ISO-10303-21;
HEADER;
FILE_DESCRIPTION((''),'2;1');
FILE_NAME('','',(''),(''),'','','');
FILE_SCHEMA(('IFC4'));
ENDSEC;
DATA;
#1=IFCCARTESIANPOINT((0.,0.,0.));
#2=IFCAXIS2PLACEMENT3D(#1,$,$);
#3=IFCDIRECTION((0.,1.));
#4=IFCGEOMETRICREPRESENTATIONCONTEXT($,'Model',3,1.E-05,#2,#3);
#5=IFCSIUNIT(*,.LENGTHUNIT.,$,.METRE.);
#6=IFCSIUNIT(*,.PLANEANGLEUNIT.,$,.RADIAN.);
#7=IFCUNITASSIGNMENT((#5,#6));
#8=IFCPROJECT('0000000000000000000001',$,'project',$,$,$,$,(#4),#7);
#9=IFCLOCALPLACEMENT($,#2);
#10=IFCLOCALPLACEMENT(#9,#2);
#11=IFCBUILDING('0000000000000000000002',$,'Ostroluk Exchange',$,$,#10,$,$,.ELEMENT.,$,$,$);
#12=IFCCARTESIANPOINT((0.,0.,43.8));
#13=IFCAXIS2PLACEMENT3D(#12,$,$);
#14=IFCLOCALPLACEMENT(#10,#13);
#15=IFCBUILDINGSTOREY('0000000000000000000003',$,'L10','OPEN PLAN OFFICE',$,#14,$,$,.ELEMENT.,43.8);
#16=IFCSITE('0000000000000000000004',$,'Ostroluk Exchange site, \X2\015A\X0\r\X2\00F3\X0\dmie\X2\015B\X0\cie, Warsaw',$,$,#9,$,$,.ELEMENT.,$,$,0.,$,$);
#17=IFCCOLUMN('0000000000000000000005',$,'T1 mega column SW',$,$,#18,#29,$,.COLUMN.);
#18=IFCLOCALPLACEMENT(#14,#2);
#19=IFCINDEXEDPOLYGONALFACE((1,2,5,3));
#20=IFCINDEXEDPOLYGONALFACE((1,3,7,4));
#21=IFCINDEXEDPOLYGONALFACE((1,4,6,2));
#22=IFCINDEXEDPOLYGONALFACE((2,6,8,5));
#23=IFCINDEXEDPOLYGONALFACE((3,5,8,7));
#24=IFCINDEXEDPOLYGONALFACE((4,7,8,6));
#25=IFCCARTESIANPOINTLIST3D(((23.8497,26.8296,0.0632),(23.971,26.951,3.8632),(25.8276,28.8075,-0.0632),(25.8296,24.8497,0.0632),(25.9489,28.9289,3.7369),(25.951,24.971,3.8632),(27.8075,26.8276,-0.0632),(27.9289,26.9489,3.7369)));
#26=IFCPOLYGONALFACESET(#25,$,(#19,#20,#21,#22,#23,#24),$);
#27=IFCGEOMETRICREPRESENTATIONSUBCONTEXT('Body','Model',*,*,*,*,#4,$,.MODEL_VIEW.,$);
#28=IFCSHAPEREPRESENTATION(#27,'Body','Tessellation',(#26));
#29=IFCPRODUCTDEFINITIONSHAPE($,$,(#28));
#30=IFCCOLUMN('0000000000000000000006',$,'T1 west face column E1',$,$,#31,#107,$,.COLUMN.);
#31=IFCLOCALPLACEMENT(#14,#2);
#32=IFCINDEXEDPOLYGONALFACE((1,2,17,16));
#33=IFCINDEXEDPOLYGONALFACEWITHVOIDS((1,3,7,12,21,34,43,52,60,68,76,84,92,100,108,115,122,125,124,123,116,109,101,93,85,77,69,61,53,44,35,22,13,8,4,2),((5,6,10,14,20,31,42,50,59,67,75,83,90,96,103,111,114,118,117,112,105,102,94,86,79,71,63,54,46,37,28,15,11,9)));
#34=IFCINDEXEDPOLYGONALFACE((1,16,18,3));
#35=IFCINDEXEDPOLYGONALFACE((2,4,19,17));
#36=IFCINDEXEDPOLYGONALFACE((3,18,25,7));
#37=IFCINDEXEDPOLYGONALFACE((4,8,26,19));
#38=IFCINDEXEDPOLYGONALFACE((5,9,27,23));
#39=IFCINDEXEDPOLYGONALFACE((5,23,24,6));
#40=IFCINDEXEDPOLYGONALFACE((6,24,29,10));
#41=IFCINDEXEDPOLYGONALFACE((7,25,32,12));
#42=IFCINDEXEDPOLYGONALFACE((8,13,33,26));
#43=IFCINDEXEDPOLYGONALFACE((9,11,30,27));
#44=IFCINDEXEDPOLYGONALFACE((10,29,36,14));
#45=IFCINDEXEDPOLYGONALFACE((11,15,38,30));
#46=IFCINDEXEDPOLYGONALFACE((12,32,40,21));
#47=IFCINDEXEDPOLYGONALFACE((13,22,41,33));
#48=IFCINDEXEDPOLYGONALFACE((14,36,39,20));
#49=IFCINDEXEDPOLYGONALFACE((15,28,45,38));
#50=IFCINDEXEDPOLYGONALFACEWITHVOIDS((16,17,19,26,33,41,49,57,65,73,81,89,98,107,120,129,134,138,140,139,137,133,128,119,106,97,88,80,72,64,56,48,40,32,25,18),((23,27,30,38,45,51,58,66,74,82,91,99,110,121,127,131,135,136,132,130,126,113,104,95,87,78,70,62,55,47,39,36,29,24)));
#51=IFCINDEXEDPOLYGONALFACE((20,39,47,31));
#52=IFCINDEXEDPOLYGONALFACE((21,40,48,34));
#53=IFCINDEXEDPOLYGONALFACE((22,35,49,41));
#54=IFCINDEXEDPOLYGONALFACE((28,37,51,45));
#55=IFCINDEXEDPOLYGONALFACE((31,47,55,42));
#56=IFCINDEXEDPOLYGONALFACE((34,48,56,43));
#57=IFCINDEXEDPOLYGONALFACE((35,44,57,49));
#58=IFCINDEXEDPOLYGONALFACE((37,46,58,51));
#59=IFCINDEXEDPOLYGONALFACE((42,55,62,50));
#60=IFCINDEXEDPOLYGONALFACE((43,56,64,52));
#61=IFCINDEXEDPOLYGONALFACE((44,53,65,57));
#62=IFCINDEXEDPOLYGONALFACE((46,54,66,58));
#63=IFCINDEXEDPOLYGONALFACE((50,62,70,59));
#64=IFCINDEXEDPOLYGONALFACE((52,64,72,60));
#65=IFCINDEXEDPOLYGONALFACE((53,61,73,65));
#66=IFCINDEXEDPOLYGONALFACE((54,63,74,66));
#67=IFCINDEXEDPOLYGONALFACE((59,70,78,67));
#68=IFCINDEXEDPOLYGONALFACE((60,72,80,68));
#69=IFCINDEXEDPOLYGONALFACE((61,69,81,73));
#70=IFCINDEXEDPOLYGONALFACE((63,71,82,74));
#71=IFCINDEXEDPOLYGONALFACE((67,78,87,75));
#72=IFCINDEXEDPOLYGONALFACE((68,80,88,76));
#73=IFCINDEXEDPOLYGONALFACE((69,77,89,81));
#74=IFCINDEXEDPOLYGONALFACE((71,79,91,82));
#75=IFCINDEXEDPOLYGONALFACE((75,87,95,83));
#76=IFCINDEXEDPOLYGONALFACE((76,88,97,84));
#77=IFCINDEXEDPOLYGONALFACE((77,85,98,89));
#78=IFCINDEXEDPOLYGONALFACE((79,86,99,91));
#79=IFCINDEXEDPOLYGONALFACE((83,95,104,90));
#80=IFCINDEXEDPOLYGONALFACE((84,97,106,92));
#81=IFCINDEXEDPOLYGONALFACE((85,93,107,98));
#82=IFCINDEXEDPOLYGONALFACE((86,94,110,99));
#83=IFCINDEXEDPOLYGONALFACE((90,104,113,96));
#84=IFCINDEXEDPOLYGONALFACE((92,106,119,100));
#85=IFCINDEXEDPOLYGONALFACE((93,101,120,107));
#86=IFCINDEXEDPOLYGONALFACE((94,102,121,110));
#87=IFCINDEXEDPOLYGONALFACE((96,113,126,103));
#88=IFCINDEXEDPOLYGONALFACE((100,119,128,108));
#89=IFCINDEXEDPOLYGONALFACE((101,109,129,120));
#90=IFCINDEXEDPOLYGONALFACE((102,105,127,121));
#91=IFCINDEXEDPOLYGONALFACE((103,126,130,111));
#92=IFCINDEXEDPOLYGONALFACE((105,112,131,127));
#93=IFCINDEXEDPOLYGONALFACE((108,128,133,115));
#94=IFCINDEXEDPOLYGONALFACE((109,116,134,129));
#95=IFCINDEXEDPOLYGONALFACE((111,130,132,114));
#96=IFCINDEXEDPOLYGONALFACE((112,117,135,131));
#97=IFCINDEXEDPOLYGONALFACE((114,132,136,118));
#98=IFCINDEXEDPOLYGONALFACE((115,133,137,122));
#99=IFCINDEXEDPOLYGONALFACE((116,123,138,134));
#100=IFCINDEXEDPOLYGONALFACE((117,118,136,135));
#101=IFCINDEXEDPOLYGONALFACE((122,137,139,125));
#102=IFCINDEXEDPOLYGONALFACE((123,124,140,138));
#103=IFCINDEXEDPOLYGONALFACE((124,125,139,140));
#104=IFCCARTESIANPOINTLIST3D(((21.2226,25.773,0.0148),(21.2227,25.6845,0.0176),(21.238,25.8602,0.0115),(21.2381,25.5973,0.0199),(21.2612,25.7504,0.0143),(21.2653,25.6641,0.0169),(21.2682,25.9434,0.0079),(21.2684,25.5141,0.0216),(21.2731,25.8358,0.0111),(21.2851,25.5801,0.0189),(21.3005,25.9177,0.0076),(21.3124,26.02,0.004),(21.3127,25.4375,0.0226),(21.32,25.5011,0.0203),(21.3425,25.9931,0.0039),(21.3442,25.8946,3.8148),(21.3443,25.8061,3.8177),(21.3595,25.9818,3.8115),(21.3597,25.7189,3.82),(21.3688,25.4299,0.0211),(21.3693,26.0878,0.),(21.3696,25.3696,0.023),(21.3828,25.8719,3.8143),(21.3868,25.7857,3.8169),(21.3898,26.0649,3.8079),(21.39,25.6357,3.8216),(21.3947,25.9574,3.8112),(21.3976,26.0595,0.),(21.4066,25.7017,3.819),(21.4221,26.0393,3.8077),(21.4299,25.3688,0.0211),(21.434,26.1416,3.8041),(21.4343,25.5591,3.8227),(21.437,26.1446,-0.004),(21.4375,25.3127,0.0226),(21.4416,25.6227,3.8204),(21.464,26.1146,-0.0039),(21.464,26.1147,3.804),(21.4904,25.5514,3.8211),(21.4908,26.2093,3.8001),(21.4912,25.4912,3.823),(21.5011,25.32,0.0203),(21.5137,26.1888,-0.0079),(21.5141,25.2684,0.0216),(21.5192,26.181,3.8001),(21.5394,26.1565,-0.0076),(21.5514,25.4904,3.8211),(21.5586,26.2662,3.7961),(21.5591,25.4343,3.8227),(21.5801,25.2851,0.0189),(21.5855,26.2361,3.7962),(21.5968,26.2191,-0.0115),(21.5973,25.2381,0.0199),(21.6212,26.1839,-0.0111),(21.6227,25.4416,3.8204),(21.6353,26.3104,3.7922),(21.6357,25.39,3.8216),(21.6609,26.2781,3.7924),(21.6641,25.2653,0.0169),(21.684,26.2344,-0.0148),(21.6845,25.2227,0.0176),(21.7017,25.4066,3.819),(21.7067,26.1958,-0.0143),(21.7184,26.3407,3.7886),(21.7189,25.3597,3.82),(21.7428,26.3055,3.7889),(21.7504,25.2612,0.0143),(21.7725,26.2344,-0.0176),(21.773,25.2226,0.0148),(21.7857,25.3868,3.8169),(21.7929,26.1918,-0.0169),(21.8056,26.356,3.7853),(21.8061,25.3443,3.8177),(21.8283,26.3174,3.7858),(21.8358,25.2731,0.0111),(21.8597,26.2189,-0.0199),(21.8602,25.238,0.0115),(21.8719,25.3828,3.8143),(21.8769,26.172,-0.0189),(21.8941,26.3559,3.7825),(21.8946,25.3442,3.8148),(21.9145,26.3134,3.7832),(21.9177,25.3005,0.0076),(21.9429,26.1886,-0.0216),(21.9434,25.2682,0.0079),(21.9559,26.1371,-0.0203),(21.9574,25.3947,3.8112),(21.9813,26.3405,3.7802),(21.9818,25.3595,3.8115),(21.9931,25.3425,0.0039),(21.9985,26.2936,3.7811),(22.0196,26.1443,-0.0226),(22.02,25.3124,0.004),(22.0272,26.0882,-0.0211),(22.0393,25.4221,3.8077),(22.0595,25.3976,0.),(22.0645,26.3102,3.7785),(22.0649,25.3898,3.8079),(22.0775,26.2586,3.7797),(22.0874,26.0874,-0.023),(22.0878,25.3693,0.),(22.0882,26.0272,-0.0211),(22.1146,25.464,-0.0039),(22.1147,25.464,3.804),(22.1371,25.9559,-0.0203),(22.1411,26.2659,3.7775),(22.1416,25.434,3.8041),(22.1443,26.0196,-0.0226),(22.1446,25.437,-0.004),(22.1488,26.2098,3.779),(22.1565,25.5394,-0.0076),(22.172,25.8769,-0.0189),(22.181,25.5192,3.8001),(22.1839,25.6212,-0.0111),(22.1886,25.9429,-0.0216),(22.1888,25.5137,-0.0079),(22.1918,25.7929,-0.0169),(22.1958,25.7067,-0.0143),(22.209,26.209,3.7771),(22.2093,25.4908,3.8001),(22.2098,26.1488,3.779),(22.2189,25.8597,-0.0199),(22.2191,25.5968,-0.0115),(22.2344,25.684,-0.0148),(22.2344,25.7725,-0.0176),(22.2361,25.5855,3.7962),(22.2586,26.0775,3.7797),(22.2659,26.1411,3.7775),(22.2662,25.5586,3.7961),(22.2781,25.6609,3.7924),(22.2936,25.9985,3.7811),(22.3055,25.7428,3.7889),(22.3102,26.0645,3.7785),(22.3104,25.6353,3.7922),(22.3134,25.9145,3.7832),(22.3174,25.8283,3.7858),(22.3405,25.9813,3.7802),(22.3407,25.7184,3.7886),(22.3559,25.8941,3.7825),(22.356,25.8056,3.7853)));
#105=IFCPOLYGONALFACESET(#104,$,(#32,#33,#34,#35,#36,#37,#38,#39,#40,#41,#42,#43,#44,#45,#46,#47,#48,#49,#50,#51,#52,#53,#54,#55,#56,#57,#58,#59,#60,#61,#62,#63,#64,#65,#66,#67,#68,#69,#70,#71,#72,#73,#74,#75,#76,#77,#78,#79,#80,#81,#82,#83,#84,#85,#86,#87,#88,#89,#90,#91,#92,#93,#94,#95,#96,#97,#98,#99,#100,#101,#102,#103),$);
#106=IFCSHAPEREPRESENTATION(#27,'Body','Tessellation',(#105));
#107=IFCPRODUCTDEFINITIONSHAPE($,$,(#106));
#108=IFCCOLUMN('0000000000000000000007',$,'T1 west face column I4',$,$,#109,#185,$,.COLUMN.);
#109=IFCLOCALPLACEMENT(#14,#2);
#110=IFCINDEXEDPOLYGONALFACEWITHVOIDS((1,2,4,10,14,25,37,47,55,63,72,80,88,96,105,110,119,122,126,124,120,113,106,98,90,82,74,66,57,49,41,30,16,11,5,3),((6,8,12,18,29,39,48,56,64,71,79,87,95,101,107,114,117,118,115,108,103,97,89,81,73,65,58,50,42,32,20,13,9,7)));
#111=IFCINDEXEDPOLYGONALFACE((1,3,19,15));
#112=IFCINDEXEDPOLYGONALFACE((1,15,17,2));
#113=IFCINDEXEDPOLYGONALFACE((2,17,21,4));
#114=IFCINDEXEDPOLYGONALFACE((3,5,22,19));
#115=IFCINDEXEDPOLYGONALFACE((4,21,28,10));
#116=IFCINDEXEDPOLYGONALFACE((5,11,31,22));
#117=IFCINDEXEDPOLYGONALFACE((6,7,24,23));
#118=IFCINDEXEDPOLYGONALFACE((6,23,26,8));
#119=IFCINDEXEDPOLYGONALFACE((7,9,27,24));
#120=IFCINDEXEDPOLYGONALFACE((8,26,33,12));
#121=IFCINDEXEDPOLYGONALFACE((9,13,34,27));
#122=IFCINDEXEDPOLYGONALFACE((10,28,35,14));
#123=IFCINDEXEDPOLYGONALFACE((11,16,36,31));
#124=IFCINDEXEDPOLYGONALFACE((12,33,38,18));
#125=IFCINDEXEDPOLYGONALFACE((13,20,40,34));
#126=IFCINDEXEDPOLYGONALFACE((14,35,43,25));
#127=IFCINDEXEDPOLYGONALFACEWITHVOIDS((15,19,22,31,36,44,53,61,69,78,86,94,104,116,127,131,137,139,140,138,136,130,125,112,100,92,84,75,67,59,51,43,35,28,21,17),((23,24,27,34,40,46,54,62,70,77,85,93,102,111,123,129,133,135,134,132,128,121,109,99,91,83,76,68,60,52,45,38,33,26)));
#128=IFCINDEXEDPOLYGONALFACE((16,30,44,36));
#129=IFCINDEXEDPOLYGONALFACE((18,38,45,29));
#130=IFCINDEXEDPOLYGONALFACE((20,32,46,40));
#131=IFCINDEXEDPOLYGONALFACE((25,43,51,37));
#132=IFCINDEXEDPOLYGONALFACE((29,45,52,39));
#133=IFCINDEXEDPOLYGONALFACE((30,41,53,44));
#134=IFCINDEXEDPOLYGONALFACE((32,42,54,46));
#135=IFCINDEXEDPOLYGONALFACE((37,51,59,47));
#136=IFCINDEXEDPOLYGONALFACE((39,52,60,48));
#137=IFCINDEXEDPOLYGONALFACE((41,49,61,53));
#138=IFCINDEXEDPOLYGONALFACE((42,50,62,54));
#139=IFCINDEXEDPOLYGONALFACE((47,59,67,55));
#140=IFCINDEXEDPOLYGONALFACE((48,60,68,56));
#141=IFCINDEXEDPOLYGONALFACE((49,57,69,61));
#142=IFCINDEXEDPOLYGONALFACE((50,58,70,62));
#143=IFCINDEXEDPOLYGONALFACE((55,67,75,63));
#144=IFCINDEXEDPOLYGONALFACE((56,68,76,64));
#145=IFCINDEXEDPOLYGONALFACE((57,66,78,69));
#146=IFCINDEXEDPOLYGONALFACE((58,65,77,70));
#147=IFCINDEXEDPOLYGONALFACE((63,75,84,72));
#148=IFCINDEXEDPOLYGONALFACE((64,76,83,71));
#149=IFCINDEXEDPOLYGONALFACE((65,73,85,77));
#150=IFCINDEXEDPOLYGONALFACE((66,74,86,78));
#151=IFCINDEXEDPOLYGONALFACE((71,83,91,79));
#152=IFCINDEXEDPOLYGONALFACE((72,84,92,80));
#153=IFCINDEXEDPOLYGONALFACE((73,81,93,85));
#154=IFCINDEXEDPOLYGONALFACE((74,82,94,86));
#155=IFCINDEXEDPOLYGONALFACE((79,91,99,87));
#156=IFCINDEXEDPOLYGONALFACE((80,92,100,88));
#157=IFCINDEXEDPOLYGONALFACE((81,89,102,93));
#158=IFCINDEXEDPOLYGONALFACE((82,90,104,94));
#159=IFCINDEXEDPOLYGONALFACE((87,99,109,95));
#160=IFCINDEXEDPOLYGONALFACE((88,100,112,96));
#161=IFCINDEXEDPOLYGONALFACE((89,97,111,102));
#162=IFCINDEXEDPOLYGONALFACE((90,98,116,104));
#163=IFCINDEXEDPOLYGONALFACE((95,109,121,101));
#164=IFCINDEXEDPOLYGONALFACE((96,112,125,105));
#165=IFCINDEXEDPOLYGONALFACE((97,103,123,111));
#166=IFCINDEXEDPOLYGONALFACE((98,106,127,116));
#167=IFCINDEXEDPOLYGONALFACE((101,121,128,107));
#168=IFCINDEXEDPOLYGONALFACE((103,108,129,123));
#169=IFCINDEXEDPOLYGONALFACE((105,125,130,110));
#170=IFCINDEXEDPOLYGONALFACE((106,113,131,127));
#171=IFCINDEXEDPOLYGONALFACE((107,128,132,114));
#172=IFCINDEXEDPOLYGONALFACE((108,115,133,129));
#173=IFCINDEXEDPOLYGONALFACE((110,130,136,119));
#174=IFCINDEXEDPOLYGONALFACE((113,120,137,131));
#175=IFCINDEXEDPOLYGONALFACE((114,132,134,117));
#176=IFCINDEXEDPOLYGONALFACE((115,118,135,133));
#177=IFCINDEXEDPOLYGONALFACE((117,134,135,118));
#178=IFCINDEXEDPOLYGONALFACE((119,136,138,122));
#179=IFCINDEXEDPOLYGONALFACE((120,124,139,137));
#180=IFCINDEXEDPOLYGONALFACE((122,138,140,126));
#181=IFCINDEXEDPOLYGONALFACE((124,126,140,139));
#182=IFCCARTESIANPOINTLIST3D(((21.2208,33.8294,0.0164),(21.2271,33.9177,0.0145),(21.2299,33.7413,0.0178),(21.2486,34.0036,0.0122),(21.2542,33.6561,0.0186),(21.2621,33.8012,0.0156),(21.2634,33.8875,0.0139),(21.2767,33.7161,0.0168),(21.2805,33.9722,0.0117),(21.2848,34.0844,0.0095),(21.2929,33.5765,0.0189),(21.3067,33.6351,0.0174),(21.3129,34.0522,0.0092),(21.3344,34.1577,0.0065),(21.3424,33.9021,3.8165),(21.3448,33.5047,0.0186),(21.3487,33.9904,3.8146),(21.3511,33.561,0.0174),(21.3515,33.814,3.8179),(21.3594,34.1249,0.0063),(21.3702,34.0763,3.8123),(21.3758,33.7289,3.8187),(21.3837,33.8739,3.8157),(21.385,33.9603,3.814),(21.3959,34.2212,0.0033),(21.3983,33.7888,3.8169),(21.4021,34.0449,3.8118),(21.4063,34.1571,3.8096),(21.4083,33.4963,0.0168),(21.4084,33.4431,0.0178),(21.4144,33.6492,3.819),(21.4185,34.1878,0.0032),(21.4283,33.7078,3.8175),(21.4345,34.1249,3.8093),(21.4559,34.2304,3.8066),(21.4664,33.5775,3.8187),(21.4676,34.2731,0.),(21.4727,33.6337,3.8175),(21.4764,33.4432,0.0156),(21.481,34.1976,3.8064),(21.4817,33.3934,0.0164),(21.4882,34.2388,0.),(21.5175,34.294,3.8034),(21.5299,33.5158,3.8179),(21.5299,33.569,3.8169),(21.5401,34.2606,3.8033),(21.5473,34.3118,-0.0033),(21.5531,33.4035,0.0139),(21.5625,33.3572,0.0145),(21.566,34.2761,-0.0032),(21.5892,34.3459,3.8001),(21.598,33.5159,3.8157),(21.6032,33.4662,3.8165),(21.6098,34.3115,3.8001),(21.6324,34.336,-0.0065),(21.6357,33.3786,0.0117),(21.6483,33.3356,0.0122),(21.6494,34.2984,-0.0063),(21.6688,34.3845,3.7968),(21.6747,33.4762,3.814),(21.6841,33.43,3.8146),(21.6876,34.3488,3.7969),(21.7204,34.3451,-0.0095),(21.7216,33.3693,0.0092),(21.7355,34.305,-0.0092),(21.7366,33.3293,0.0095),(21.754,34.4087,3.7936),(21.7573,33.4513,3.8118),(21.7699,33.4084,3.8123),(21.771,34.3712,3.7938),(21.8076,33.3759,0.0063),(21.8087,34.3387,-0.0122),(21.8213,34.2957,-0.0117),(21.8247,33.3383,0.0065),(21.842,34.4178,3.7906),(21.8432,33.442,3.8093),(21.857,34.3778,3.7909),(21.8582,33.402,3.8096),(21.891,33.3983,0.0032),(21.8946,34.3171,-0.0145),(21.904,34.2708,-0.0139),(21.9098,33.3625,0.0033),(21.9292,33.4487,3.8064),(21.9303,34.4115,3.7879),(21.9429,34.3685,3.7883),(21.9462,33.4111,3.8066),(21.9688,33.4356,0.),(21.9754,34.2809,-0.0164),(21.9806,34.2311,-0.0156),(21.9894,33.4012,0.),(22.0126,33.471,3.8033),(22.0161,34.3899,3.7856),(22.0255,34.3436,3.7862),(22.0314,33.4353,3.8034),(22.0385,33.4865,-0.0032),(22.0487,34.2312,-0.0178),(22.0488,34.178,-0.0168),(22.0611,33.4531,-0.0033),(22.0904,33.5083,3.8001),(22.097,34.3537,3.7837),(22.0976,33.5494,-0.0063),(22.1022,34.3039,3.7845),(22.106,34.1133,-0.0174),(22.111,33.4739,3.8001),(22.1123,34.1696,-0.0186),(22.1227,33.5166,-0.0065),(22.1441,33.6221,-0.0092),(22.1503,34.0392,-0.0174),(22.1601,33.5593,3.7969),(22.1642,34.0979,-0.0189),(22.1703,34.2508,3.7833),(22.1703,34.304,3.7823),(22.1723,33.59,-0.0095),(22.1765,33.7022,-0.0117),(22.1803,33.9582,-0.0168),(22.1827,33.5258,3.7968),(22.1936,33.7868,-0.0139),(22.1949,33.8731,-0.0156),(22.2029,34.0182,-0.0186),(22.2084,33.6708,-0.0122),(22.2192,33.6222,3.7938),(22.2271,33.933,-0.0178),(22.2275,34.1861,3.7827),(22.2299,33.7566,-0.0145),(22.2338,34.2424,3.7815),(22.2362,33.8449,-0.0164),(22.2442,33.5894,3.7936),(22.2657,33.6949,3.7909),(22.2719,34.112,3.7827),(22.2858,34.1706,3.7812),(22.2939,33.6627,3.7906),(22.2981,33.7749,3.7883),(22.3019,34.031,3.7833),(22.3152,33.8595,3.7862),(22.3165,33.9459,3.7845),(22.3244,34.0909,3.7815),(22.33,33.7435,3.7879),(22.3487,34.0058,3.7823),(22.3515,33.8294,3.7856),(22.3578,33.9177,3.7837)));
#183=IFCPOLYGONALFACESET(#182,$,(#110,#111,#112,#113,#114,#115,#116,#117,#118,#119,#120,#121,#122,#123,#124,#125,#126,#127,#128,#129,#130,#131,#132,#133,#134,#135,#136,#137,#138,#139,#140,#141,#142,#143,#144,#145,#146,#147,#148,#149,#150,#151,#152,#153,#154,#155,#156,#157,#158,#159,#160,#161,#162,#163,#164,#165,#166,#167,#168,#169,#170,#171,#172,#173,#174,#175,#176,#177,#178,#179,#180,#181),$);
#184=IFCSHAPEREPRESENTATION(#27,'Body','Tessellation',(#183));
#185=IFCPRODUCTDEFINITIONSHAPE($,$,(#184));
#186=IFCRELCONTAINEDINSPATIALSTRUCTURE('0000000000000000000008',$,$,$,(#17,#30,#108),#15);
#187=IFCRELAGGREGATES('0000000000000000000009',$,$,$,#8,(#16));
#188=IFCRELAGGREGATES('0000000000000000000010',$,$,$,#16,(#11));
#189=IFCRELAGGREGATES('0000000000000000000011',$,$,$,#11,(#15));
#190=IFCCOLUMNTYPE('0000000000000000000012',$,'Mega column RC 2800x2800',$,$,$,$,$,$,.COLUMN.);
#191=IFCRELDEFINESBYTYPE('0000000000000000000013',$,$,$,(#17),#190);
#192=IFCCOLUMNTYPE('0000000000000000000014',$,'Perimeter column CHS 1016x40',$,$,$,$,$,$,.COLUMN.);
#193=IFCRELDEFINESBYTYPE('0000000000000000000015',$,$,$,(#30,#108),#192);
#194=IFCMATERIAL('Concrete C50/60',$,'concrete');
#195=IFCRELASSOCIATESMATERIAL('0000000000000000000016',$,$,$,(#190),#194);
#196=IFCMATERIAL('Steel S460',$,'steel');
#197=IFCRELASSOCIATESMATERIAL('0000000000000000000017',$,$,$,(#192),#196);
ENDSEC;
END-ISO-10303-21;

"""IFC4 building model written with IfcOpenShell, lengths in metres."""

from ifc_helpers import new_model, si_unit, direction, frame, origin, origin_2d, place, context, subcontext, project, spatial, rectangle, hollow_circle, extrude, material, material_profile, profile_set, type_object, element, save


model = new_model("IFC4")

# Units and contexts
model_context = context("Model", 3, precision=1e-05, world=origin(), true_north=direction((0.0, 1.0)))
body_context = subcontext(model_context, "Body", "Model", "MODEL_VIEW")
ifc_project = project(units=[si_unit("LENGTHUNIT", "METRE"), si_unit("PLANEANGLEUNIT", "RADIAN")], contexts=[model_context])

# Site, building, storey
site_placement = place(None, origin())
site = spatial("IfcSite", under=ifc_project, at=site_placement, Name="Ostroluk Exchange site, Śródmieście, Warsaw", CompositionType="ELEMENT", RefElevation=0.0)
building_placement = place(site_placement, origin())
building = spatial("IfcBuilding", under=site, at=building_placement, Name="Ostroluk Exchange", CompositionType="ELEMENT")
storey_placement = place(building_placement, frame((0.0, 0.0, 43.8)))
storey = spatial("IfcBuildingStorey", under=building, at=storey_placement, Name="L10", Description="OPEN PLAN OFFICE", CompositionType="ELEMENT", Elevation=43.8)

# Columns
ifc_material_1 = material(Name="Concrete C50/60", Category="concrete")
ifc_material_profile_1 = material_profile(ifc_material_1, rectangle(XDim=2.8, YDim=2.8, at=origin_2d()), Name="RC 2800x2800")
ifc_profile_set_1 = profile_set([ifc_material_profile_1], Name="Concrete C50/60")
column_type_1 = type_object("IfcColumnType", Name="Mega column RC 2800x2800", PredefinedType="COLUMN", material=ifc_profile_set_1)
column_1_placement = place(storey_placement, frame((25.8286, 26.8286, 0.0), z_axis=(0.031898, 0.031898, 0.998982), x_axis=(-0.707107, 0.707107, 0.0)))
element("IfcColumn", 1, at=column_1_placement, inside=storey, type_object=column_type_1, Name="T1 mega column SW", PredefinedType="COLUMN", context=body_context, shape_type="SweptSolid", body=[
    extrude(rectangle(XDim=2.8, YDim=2.8, at=origin_2d()), origin(), (0.0, 0.0, 1.0), 3.804),
])
ifc_material_2 = material(Name="Steel S460", Category="steel")
ifc_material_profile_2 = material_profile(ifc_material_2, hollow_circle(Radius=0.5081, WallThickness=0.04, at=origin_2d()), Name="CHS 1016x40")
ifc_profile_set_2 = profile_set([ifc_material_profile_2], Name="Steel S460")
column_type_2 = type_object("IfcColumnType", Name="Perimeter column CHS 1016x40", PredefinedType="COLUMN", material=ifc_profile_set_2)
column_2_placement = place(storey_placement, frame((21.7285, 25.7285, 0.0), z_axis=(0.031962, 0.031962, 0.998978), x_axis=(-0.707107, 0.707107, 0.0)))
element("IfcColumn", 2, at=column_2_placement, inside=storey, type_object=column_type_2, Name="T1 west face column E1", PredefinedType="COLUMN", context=body_context, shape_type="SweptSolid", body=[
    extrude(hollow_circle(Radius=0.5081, WallThickness=0.04, at=origin_2d()), origin(), (0.0, 0.0, 1.0), 3.804),
])
column_3_placement = place(storey_placement, frame((21.7285, 33.8372, 0.0), z_axis=(0.031973, 0.019132, 0.999306), x_axis=(-0.513482, 0.8581, 0.0)))
element("IfcColumn", 3, at=column_3_placement, inside=storey, type_object=column_type_2, Name="T1 west face column I4", PredefinedType="COLUMN", context=body_context, shape_type="SweptSolid", body=[
    extrude(hollow_circle(Radius=0.5081, WallThickness=0.04, at=origin_2d()), origin(), (0.0, 0.0, 1.0), 3.8027),
])

save(model, "model.ifc")
